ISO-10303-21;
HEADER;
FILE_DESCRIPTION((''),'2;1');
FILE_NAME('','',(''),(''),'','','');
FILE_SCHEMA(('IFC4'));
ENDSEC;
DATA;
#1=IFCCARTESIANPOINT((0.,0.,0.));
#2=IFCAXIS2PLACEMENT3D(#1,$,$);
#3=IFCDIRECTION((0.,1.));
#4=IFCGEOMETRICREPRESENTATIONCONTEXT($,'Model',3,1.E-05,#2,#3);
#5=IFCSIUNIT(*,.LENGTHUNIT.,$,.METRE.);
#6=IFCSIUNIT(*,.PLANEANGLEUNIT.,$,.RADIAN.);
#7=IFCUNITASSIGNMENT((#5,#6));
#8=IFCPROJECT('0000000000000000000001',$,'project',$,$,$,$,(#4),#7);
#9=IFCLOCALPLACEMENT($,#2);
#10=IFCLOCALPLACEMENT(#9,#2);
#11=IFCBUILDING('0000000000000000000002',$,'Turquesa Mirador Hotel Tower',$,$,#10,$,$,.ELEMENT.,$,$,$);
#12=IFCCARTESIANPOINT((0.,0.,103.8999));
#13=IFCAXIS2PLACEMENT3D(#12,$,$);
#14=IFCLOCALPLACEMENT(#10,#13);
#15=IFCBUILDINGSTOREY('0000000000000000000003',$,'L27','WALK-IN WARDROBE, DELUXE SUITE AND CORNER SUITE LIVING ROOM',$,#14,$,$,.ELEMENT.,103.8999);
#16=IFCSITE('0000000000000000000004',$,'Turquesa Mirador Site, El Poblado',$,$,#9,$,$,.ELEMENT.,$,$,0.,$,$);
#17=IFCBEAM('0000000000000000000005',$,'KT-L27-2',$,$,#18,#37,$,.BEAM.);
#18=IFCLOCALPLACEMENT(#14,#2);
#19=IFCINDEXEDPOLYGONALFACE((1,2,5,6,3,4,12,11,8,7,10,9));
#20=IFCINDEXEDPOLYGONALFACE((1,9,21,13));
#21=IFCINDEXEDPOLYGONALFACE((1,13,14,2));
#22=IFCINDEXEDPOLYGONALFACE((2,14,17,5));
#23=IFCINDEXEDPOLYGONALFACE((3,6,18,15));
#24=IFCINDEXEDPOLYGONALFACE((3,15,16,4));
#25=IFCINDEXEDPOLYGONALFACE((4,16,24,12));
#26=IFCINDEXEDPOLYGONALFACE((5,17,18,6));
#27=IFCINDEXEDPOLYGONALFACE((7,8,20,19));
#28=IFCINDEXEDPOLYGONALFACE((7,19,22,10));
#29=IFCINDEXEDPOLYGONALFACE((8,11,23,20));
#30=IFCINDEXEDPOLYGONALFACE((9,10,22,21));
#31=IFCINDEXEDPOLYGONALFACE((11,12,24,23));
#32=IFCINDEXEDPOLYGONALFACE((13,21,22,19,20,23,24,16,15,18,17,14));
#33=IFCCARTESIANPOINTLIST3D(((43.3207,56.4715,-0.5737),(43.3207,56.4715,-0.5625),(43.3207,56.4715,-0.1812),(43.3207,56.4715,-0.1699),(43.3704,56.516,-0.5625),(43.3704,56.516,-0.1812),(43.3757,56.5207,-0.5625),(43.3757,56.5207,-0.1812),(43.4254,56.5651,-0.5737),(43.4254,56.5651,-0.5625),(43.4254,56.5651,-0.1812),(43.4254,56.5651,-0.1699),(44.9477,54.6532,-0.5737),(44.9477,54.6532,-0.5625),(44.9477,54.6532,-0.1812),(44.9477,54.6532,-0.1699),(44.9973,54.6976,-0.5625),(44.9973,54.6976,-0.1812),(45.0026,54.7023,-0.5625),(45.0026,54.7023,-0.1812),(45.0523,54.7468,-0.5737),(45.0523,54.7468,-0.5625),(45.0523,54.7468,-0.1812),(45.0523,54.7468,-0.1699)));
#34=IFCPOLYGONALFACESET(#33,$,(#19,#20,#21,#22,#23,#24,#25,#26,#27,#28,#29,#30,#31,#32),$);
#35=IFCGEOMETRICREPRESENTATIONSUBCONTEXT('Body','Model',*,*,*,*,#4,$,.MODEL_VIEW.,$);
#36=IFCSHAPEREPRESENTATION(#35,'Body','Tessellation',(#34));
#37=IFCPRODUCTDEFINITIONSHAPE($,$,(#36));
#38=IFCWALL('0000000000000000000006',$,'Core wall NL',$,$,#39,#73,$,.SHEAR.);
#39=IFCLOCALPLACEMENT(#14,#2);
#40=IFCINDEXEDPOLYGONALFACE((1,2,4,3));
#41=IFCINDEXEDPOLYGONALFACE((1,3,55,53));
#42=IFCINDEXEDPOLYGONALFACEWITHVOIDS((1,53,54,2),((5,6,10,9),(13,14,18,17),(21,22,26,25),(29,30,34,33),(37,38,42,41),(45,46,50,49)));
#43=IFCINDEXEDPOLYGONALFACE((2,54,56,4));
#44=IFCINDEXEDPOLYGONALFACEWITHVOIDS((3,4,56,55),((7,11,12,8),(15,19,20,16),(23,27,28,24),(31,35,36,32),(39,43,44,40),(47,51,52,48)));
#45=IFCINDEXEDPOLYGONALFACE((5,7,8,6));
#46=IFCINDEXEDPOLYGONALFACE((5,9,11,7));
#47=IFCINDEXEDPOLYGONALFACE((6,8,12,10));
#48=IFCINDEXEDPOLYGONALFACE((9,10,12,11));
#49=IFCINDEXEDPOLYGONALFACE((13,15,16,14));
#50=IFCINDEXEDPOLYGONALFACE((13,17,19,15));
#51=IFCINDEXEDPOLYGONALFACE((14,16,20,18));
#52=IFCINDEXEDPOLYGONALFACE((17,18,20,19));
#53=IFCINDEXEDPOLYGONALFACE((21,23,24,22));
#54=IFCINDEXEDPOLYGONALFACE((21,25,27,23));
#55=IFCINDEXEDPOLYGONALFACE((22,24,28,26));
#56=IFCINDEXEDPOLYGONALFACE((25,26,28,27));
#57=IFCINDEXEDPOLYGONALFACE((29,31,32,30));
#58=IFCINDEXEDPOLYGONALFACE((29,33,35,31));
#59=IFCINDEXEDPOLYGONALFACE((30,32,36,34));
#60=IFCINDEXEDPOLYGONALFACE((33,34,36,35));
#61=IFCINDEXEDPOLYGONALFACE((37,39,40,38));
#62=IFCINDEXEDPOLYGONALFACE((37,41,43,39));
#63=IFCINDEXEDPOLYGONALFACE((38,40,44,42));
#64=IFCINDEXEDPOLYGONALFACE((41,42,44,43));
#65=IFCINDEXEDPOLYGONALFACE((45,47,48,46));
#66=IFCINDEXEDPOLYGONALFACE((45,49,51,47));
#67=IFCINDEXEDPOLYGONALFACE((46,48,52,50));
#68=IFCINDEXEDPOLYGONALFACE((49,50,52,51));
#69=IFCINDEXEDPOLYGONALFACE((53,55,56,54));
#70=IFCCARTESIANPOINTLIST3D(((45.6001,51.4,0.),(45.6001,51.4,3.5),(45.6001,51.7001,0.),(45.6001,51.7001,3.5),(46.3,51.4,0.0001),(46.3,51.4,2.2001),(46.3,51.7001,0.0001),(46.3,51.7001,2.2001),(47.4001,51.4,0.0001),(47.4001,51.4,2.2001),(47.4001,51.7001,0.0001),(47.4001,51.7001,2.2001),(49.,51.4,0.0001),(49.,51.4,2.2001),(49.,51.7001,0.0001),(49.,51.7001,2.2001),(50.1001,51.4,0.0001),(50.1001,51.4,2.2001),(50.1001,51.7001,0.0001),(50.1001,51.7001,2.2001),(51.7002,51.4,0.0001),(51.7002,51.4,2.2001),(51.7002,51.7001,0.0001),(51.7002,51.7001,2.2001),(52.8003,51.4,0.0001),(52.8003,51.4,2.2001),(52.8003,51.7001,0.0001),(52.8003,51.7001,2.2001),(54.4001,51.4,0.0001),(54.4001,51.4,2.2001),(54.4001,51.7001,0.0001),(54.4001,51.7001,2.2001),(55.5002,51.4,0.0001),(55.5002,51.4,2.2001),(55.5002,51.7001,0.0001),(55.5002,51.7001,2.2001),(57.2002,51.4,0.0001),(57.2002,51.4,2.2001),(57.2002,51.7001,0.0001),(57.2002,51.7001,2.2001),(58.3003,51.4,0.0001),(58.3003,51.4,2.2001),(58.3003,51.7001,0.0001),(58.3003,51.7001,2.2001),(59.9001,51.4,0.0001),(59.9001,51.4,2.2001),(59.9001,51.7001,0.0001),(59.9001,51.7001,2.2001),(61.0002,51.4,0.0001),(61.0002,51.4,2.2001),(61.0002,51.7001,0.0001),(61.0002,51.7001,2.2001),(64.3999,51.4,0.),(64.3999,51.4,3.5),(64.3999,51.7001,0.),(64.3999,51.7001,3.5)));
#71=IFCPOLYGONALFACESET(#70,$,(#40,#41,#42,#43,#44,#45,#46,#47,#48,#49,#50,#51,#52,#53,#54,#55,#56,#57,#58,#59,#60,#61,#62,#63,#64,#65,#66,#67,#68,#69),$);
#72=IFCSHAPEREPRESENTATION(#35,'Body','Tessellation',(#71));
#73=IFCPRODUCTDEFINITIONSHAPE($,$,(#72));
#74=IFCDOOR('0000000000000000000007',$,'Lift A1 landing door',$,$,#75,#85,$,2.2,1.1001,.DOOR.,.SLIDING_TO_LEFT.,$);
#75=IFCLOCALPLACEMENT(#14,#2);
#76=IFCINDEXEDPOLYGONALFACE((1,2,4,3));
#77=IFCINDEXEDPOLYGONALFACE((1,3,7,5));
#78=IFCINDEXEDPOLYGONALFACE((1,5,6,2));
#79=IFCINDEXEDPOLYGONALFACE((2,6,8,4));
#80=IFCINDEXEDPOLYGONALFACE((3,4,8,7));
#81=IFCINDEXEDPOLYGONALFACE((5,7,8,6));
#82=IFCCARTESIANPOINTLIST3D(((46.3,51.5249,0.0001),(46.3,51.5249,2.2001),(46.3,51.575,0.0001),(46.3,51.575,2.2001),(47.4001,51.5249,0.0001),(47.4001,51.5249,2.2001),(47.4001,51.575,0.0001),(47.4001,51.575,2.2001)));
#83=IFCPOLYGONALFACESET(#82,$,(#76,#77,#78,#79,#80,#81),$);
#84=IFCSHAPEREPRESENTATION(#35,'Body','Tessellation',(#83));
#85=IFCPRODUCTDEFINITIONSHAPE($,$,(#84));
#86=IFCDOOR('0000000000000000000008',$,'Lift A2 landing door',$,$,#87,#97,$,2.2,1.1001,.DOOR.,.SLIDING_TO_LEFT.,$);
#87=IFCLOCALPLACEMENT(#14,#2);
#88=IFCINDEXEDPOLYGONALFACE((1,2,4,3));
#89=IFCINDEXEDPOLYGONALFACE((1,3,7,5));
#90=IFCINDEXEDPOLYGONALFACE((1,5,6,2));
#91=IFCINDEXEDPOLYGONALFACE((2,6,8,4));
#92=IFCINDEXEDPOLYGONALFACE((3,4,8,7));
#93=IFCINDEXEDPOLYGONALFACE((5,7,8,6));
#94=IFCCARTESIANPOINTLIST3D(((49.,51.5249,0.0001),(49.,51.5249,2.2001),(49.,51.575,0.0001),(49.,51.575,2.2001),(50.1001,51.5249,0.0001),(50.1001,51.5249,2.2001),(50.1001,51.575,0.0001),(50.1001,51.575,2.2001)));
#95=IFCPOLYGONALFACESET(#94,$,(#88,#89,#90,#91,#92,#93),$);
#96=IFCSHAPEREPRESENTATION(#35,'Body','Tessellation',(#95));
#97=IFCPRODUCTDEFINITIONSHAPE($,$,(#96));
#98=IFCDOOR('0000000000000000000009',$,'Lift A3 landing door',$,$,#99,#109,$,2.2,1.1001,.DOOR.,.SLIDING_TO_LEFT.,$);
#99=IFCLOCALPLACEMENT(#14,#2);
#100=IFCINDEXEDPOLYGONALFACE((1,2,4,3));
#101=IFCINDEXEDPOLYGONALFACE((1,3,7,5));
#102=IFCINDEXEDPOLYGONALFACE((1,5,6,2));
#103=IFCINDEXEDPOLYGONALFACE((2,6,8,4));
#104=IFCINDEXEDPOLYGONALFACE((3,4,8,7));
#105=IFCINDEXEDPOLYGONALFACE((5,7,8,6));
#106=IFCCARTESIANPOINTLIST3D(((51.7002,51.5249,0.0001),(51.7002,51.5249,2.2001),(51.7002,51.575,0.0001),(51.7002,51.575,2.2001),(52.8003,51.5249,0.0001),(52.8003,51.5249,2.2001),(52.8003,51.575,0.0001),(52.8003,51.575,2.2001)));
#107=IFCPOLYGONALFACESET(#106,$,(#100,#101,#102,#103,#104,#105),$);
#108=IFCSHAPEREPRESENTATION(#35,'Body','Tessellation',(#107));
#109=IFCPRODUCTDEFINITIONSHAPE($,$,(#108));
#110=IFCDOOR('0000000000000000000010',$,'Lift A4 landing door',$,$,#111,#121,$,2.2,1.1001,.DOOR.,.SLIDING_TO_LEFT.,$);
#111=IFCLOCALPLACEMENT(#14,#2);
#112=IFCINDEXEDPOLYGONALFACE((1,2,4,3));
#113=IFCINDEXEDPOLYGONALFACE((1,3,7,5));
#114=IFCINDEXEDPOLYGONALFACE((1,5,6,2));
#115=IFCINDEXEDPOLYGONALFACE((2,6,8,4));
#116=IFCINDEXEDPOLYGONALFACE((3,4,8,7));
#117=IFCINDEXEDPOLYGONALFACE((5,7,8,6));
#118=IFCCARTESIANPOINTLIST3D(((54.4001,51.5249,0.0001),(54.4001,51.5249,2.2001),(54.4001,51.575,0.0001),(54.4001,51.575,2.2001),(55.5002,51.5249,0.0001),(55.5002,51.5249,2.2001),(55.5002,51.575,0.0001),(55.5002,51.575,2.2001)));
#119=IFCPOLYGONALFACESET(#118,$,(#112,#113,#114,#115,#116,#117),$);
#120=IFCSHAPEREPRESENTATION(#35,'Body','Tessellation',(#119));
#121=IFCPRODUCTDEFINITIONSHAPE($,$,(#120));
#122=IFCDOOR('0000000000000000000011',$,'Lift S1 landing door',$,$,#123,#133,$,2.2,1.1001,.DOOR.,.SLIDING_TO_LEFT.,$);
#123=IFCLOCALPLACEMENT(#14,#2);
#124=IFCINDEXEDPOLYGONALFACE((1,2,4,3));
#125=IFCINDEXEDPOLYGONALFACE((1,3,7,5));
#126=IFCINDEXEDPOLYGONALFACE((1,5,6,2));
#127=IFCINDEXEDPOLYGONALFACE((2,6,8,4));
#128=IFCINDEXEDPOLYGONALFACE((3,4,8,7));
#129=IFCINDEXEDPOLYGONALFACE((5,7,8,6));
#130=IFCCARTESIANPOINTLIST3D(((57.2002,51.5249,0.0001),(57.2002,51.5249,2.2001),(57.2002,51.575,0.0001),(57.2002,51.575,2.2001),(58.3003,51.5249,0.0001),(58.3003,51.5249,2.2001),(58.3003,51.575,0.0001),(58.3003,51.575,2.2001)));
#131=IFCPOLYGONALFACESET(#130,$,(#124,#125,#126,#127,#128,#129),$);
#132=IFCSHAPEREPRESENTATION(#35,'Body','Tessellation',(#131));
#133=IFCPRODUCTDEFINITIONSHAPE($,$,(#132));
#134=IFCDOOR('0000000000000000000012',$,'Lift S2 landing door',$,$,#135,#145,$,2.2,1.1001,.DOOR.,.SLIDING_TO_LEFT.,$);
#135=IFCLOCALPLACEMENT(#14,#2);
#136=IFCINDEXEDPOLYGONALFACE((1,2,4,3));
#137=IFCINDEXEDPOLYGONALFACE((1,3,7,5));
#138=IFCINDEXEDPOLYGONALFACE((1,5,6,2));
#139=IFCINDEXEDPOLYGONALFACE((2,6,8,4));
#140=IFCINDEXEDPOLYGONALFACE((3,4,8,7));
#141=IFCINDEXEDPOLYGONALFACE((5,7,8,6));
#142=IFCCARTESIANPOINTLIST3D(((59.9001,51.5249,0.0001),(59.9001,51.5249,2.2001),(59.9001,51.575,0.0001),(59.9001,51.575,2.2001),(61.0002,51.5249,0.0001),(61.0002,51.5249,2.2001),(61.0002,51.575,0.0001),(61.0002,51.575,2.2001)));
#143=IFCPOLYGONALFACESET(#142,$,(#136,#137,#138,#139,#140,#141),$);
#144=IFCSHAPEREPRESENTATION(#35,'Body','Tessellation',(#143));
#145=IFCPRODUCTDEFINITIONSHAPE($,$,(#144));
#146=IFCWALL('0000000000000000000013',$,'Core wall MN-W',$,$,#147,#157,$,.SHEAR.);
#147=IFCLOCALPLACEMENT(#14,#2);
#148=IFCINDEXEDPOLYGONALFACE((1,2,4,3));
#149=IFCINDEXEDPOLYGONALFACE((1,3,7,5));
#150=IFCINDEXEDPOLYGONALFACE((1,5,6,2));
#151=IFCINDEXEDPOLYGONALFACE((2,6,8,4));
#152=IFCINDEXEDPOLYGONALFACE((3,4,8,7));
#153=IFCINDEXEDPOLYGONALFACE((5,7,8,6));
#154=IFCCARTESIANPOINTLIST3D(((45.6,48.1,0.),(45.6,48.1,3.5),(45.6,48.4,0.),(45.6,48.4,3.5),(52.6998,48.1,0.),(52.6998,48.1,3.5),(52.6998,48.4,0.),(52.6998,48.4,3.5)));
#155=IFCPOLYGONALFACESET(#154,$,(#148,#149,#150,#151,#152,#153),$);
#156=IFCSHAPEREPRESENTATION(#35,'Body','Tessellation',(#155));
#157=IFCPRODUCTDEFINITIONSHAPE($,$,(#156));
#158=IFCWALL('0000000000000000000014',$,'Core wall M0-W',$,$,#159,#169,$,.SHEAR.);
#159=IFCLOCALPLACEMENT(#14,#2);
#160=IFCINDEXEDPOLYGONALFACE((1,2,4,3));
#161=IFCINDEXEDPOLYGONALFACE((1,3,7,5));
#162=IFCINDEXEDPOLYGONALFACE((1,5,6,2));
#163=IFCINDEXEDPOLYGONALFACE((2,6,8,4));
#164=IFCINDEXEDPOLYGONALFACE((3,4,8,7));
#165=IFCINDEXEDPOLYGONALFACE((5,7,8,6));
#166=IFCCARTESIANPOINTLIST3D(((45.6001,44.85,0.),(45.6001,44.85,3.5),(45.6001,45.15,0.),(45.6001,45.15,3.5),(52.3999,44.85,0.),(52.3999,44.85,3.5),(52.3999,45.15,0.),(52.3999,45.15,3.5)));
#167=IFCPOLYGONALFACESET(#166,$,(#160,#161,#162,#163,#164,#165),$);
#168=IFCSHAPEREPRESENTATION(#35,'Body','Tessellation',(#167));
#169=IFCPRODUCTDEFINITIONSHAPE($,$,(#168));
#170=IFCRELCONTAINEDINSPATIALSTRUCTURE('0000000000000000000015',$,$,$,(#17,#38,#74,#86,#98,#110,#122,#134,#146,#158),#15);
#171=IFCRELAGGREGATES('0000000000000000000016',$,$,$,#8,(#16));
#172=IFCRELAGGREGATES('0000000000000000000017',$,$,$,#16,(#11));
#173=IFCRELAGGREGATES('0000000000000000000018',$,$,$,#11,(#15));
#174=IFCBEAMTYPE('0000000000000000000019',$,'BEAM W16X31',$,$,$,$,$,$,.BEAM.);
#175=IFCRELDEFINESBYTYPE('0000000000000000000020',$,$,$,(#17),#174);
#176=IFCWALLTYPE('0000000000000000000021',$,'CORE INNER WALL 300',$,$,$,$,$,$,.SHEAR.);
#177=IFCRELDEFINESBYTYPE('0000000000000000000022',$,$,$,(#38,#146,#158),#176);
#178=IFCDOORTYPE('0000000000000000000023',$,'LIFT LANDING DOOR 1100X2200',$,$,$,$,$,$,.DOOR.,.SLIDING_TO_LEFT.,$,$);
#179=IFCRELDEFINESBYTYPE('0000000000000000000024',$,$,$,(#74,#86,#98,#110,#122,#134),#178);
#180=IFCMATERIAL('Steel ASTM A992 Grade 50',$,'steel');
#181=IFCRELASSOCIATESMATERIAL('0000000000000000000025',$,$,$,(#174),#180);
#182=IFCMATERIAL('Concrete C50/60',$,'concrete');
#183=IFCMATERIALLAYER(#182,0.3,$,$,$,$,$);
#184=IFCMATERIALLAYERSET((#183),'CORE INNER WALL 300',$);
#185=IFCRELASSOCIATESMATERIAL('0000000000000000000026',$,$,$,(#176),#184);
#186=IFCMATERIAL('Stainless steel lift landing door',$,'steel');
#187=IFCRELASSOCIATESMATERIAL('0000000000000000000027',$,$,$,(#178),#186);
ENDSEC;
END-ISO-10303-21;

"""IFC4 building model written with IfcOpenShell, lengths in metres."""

from ifc_helpers import new_model, si_unit, direction, frame, frame_2d, origin, origin_2d, place, context, subcontext, project, spatial, rectangle, i_section, extrude, material, layer, layer_set, material_profile, profile_set, type_object, element, fill, save


model = new_model("IFC4")

# Units and contexts
model_context = context("Model", 3, precision=1e-05, world=origin(), true_north=direction((0.0, 1.0)))
body_context = subcontext(model_context, "Body", "Model", "MODEL_VIEW")
ifc_project = project(units=[si_unit("LENGTHUNIT", "METRE"), si_unit("PLANEANGLEUNIT", "RADIAN")], contexts=[model_context])

# Site, building, storey
site_placement = place(None, origin())
site = spatial("IfcSite", under=ifc_project, at=site_placement, Name="Turquesa Mirador Site, El Poblado", CompositionType="ELEMENT", RefElevation=0.0)
building_placement = place(site_placement, origin())
building = spatial("IfcBuilding", under=site, at=building_placement, Name="Turquesa Mirador Hotel Tower", CompositionType="ELEMENT")
storey_placement = place(building_placement, frame((0.0, 0.0, 103.8999)))
storey = spatial("IfcBuildingStorey", under=building, at=storey_placement, Name="L27", Description="WALK-IN WARDROBE, DELUXE SUITE AND CORNER SUITE LIVING ROOM", CompositionType="ELEMENT", Elevation=103.8999)

# Beam
ifc_material_1 = material(Name="Steel ASTM A992 Grade 50", Category="steel")
ifc_material_profile = material_profile(ifc_material_1, i_section(OverallWidth=0.1404, OverallDepth=0.4038, WebThickness=0.0071, FlangeThickness=0.0112, at=origin_2d()), Name="W16X31")
ifc_profile_set = profile_set([ifc_material_profile], Name="Steel ASTM A992 Grade 50")
beam_type = type_object("IfcBeamType", Name="BEAM W16X31", PredefinedType="BEAM", material=ifc_profile_set)
beam_placement = place(storey_placement, frame((43.373, 56.5183, -0.3718), z_axis=(0.666795, -0.745241, 0.0), x_axis=(0.745241, 0.666795, 0.0)))
element("IfcBeam", 1, at=beam_placement, inside=storey, type_object=beam_type, Name="KT-L27-2", PredefinedType="BEAM", context=body_context, shape_type="SweptSolid", body=[
    extrude(i_section(OverallWidth=0.1404, OverallDepth=0.4038, WebThickness=0.0071, FlangeThickness=0.0112, at=origin_2d()), origin(), (0.0, 0.0, 1.0), 2.4399),
])

# Wall, openings, doors
ifc_material_2 = material(Name="Concrete C50/60", Category="concrete")
ifc_layer_1 = layer(ifc_material_2, 0.3)
ifc_layer_set_1 = layer_set([ifc_layer_1], Name="CORE INNER WALL 300")
wall_type_1 = type_object("IfcWallType", Name="CORE INNER WALL 300", PredefinedType="SHEAR", material=ifc_layer_set_1)
wall_1_placement = place(storey_placement, frame((45.6001, 51.55, 0.0), z_axis=(0.0, 0.0, 1.0), x_axis=(1.0, 0.0, 0.0)))
wall_1 = element("IfcWall", 2, at=wall_1_placement, inside=storey, type_object=wall_type_1, Name="Core wall NL", PredefinedType="SHEAR", context=body_context, shape_type="SweptSolid", body=[
    extrude(rectangle(XDim=18.7998, YDim=0.3, at=frame_2d((9.3999, 0.0))), origin(), (0.0, 0.0, 1.0), 3.5),
])
opening_1_placement = place(wall_1_placement, frame((0.7, 0.0, 0.0)))
opening_1 = element("IfcOpeningElement", 3, at=opening_1_placement, cuts=wall_1, PredefinedType="OPENING", context=body_context, shape_type="SweptSolid", body=[
    extrude(rectangle(XDim=1.1001, YDim=2.2, at=frame_2d((0.55, 1.1001))), frame((0.0, 0.1599, 0.0), z_axis=(0.0, -1.0, 0.0), x_axis=(1.0, 0.0, 0.0)), (0.0, 0.0, 1.0), 0.3201),
])
opening_2_placement = place(wall_1_placement, frame((3.3999, 0.0, 0.0)))
opening_2 = element("IfcOpeningElement", 4, at=opening_2_placement, cuts=wall_1, PredefinedType="OPENING", context=body_context, shape_type="SweptSolid", body=[
    extrude(rectangle(XDim=1.1001, YDim=2.2, at=frame_2d((0.55, 1.1001))), frame((0.0, 0.1599, 0.0), z_axis=(0.0, -1.0, 0.0), x_axis=(1.0, 0.0, 0.0)), (0.0, 0.0, 1.0), 0.3201),
])
opening_3_placement = place(wall_1_placement, frame((6.1001, 0.0, 0.0)))
opening_3 = element("IfcOpeningElement", 5, at=opening_3_placement, cuts=wall_1, PredefinedType="OPENING", context=body_context, shape_type="SweptSolid", body=[
    extrude(rectangle(XDim=1.1001, YDim=2.2, at=frame_2d((0.55, 1.1001))), frame((0.0, 0.1599, 0.0), z_axis=(0.0, -1.0, 0.0), x_axis=(1.0, 0.0, 0.0)), (0.0, 0.0, 1.0), 0.3201),
])
opening_4_placement = place(wall_1_placement, frame((8.8, 0.0, 0.0)))
opening_4 = element("IfcOpeningElement", 6, at=opening_4_placement, cuts=wall_1, PredefinedType="OPENING", context=body_context, shape_type="SweptSolid", body=[
    extrude(rectangle(XDim=1.1001, YDim=2.2, at=frame_2d((0.55, 1.1001))), frame((0.0, 0.1599, 0.0), z_axis=(0.0, -1.0, 0.0), x_axis=(1.0, 0.0, 0.0)), (0.0, 0.0, 1.0), 0.3201),
])
opening_5_placement = place(wall_1_placement, frame((11.6001, 0.0, 0.0)))
opening_5 = element("IfcOpeningElement", 7, at=opening_5_placement, cuts=wall_1, PredefinedType="OPENING", context=body_context, shape_type="SweptSolid", body=[
    extrude(rectangle(XDim=1.1001, YDim=2.2, at=frame_2d((0.55, 1.1001))), frame((0.0, 0.1599, 0.0), z_axis=(0.0, -1.0, 0.0), x_axis=(1.0, 0.0, 0.0)), (0.0, 0.0, 1.0), 0.3201),
])
opening_6_placement = place(wall_1_placement, frame((14.3, 0.0, 0.0)))
opening_6 = element("IfcOpeningElement", 8, at=opening_6_placement, cuts=wall_1, PredefinedType="OPENING", context=body_context, shape_type="SweptSolid", body=[
    extrude(rectangle(XDim=1.1001, YDim=2.2, at=frame_2d((0.55, 1.1001))), frame((0.0, 0.1599, 0.0), z_axis=(0.0, -1.0, 0.0), x_axis=(1.0, 0.0, 0.0)), (0.0, 0.0, 1.0), 0.3201),
])
ifc_material_3 = material(Name="Stainless steel lift landing door", Category="steel")
door_type_1 = type_object("IfcDoorType", Name="LIFT LANDING DOOR 1100X2200", OperationType="SLIDING_TO_LEFT", PredefinedType="DOOR", material=ifc_material_3)
door_1_placement = place(opening_1_placement, origin())
door_1 = element("IfcDoor", 9, at=door_1_placement, inside=storey, type_object=door_type_1, Name="Lift A1 landing door", OperationType="SLIDING_TO_LEFT", OverallHeight=2.2, OverallWidth=1.1001, PredefinedType="DOOR", context=body_context, shape_type="SweptSolid", body=[
    extrude(rectangle(XDim=1.1001, YDim=2.2, at=frame_2d((0.55, 1.1001))), frame((0.0, 0.0249, 0.0), z_axis=(0.0, -1.0, 0.0), x_axis=(1.0, 0.0, 0.0)), (0.0, 0.0, 1.0), 0.05),
])
fill(opening_1, door_1)
door_2_placement = place(opening_2_placement, origin())
door_2 = element("IfcDoor", 10, at=door_2_placement, inside=storey, type_object=door_type_1, Name="Lift A2 landing door", OperationType="SLIDING_TO_LEFT", OverallHeight=2.2, OverallWidth=1.1001, PredefinedType="DOOR", context=body_context, shape_type="SweptSolid", body=[
    extrude(rectangle(XDim=1.1001, YDim=2.2, at=frame_2d((0.55, 1.1001))), frame((0.0, 0.0249, 0.0), z_axis=(0.0, -1.0, 0.0), x_axis=(1.0, 0.0, 0.0)), (0.0, 0.0, 1.0), 0.05),
])
fill(opening_2, door_2)
door_3_placement = place(opening_3_placement, origin())
door_3 = element("IfcDoor", 11, at=door_3_placement, inside=storey, type_object=door_type_1, Name="Lift A3 landing door", OperationType="SLIDING_TO_LEFT", OverallHeight=2.2, OverallWidth=1.1001, PredefinedType="DOOR", context=body_context, shape_type="SweptSolid", body=[
    extrude(rectangle(XDim=1.1001, YDim=2.2, at=frame_2d((0.55, 1.1001))), frame((0.0, 0.0249, 0.0), z_axis=(0.0, -1.0, 0.0), x_axis=(1.0, 0.0, 0.0)), (0.0, 0.0, 1.0), 0.05),
])
fill(opening_3, door_3)
door_4_placement = place(opening_4_placement, origin())
door_4 = element("IfcDoor", 12, at=door_4_placement, inside=storey, type_object=door_type_1, Name="Lift A4 landing door", OperationType="SLIDING_TO_LEFT", OverallHeight=2.2, OverallWidth=1.1001, PredefinedType="DOOR", context=body_context, shape_type="SweptSolid", body=[
    extrude(rectangle(XDim=1.1001, YDim=2.2, at=frame_2d((0.55, 1.1001))), frame((0.0, 0.0249, 0.0), z_axis=(0.0, -1.0, 0.0), x_axis=(1.0, 0.0, 0.0)), (0.0, 0.0, 1.0), 0.05),
])
fill(opening_4, door_4)
door_5_placement = place(opening_5_placement, origin())
door_5 = element("IfcDoor", 13, at=door_5_placement, inside=storey, type_object=door_type_1, Name="Lift S1 landing door", OperationType="SLIDING_TO_LEFT", OverallHeight=2.2, OverallWidth=1.1001, PredefinedType="DOOR", context=body_context, shape_type="SweptSolid", body=[
    extrude(rectangle(XDim=1.1001, YDim=2.2, at=frame_2d((0.55, 1.1001))), frame((0.0, 0.0249, 0.0), z_axis=(0.0, -1.0, 0.0), x_axis=(1.0, 0.0, 0.0)), (0.0, 0.0, 1.0), 0.05),
])
fill(opening_5, door_5)
door_6_placement = place(opening_6_placement, origin())
door_6 = element("IfcDoor", 14, at=door_6_placement, inside=storey, type_object=door_type_1, Name="Lift S2 landing door", OperationType="SLIDING_TO_LEFT", OverallHeight=2.2, OverallWidth=1.1001, PredefinedType="DOOR", context=body_context, shape_type="SweptSolid", body=[
    extrude(rectangle(XDim=1.1001, YDim=2.2, at=frame_2d((0.55, 1.1001))), frame((0.0, 0.0249, 0.0), z_axis=(0.0, -1.0, 0.0), x_axis=(1.0, 0.0, 0.0)), (0.0, 0.0, 1.0), 0.05),
])
fill(opening_6, door_6)

# Walls
wall_2_placement = place(storey_placement, frame((45.6001, 48.25, 0.0), z_axis=(0.0, 0.0, 1.0), x_axis=(1.0, 0.0, 0.0)))
element("IfcWall", 15, at=wall_2_placement, inside=storey, type_object=wall_type_1, Name="Core wall MN-W", PredefinedType="SHEAR", context=body_context, shape_type="SweptSolid", body=[
    extrude(rectangle(XDim=7.0999, YDim=0.3, at=frame_2d((3.5498, 0.0))), origin(), (0.0, 0.0, 1.0), 3.5),
])
wall_3_placement = place(storey_placement, frame((45.6001, 45.0, 0.0), z_axis=(0.0, 0.0, 1.0), x_axis=(1.0, 0.0, 0.0)))
element("IfcWall", 16, at=wall_3_placement, inside=storey, type_object=wall_type_1, Name="Core wall M0-W", PredefinedType="SHEAR", context=body_context, shape_type="SweptSolid", body=[
    extrude(rectangle(XDim=6.7998, YDim=0.3, at=frame_2d((3.3999, 0.0))), origin(), (0.0, 0.0, 1.0), 3.5),
])

save(model, "model.ifc")
